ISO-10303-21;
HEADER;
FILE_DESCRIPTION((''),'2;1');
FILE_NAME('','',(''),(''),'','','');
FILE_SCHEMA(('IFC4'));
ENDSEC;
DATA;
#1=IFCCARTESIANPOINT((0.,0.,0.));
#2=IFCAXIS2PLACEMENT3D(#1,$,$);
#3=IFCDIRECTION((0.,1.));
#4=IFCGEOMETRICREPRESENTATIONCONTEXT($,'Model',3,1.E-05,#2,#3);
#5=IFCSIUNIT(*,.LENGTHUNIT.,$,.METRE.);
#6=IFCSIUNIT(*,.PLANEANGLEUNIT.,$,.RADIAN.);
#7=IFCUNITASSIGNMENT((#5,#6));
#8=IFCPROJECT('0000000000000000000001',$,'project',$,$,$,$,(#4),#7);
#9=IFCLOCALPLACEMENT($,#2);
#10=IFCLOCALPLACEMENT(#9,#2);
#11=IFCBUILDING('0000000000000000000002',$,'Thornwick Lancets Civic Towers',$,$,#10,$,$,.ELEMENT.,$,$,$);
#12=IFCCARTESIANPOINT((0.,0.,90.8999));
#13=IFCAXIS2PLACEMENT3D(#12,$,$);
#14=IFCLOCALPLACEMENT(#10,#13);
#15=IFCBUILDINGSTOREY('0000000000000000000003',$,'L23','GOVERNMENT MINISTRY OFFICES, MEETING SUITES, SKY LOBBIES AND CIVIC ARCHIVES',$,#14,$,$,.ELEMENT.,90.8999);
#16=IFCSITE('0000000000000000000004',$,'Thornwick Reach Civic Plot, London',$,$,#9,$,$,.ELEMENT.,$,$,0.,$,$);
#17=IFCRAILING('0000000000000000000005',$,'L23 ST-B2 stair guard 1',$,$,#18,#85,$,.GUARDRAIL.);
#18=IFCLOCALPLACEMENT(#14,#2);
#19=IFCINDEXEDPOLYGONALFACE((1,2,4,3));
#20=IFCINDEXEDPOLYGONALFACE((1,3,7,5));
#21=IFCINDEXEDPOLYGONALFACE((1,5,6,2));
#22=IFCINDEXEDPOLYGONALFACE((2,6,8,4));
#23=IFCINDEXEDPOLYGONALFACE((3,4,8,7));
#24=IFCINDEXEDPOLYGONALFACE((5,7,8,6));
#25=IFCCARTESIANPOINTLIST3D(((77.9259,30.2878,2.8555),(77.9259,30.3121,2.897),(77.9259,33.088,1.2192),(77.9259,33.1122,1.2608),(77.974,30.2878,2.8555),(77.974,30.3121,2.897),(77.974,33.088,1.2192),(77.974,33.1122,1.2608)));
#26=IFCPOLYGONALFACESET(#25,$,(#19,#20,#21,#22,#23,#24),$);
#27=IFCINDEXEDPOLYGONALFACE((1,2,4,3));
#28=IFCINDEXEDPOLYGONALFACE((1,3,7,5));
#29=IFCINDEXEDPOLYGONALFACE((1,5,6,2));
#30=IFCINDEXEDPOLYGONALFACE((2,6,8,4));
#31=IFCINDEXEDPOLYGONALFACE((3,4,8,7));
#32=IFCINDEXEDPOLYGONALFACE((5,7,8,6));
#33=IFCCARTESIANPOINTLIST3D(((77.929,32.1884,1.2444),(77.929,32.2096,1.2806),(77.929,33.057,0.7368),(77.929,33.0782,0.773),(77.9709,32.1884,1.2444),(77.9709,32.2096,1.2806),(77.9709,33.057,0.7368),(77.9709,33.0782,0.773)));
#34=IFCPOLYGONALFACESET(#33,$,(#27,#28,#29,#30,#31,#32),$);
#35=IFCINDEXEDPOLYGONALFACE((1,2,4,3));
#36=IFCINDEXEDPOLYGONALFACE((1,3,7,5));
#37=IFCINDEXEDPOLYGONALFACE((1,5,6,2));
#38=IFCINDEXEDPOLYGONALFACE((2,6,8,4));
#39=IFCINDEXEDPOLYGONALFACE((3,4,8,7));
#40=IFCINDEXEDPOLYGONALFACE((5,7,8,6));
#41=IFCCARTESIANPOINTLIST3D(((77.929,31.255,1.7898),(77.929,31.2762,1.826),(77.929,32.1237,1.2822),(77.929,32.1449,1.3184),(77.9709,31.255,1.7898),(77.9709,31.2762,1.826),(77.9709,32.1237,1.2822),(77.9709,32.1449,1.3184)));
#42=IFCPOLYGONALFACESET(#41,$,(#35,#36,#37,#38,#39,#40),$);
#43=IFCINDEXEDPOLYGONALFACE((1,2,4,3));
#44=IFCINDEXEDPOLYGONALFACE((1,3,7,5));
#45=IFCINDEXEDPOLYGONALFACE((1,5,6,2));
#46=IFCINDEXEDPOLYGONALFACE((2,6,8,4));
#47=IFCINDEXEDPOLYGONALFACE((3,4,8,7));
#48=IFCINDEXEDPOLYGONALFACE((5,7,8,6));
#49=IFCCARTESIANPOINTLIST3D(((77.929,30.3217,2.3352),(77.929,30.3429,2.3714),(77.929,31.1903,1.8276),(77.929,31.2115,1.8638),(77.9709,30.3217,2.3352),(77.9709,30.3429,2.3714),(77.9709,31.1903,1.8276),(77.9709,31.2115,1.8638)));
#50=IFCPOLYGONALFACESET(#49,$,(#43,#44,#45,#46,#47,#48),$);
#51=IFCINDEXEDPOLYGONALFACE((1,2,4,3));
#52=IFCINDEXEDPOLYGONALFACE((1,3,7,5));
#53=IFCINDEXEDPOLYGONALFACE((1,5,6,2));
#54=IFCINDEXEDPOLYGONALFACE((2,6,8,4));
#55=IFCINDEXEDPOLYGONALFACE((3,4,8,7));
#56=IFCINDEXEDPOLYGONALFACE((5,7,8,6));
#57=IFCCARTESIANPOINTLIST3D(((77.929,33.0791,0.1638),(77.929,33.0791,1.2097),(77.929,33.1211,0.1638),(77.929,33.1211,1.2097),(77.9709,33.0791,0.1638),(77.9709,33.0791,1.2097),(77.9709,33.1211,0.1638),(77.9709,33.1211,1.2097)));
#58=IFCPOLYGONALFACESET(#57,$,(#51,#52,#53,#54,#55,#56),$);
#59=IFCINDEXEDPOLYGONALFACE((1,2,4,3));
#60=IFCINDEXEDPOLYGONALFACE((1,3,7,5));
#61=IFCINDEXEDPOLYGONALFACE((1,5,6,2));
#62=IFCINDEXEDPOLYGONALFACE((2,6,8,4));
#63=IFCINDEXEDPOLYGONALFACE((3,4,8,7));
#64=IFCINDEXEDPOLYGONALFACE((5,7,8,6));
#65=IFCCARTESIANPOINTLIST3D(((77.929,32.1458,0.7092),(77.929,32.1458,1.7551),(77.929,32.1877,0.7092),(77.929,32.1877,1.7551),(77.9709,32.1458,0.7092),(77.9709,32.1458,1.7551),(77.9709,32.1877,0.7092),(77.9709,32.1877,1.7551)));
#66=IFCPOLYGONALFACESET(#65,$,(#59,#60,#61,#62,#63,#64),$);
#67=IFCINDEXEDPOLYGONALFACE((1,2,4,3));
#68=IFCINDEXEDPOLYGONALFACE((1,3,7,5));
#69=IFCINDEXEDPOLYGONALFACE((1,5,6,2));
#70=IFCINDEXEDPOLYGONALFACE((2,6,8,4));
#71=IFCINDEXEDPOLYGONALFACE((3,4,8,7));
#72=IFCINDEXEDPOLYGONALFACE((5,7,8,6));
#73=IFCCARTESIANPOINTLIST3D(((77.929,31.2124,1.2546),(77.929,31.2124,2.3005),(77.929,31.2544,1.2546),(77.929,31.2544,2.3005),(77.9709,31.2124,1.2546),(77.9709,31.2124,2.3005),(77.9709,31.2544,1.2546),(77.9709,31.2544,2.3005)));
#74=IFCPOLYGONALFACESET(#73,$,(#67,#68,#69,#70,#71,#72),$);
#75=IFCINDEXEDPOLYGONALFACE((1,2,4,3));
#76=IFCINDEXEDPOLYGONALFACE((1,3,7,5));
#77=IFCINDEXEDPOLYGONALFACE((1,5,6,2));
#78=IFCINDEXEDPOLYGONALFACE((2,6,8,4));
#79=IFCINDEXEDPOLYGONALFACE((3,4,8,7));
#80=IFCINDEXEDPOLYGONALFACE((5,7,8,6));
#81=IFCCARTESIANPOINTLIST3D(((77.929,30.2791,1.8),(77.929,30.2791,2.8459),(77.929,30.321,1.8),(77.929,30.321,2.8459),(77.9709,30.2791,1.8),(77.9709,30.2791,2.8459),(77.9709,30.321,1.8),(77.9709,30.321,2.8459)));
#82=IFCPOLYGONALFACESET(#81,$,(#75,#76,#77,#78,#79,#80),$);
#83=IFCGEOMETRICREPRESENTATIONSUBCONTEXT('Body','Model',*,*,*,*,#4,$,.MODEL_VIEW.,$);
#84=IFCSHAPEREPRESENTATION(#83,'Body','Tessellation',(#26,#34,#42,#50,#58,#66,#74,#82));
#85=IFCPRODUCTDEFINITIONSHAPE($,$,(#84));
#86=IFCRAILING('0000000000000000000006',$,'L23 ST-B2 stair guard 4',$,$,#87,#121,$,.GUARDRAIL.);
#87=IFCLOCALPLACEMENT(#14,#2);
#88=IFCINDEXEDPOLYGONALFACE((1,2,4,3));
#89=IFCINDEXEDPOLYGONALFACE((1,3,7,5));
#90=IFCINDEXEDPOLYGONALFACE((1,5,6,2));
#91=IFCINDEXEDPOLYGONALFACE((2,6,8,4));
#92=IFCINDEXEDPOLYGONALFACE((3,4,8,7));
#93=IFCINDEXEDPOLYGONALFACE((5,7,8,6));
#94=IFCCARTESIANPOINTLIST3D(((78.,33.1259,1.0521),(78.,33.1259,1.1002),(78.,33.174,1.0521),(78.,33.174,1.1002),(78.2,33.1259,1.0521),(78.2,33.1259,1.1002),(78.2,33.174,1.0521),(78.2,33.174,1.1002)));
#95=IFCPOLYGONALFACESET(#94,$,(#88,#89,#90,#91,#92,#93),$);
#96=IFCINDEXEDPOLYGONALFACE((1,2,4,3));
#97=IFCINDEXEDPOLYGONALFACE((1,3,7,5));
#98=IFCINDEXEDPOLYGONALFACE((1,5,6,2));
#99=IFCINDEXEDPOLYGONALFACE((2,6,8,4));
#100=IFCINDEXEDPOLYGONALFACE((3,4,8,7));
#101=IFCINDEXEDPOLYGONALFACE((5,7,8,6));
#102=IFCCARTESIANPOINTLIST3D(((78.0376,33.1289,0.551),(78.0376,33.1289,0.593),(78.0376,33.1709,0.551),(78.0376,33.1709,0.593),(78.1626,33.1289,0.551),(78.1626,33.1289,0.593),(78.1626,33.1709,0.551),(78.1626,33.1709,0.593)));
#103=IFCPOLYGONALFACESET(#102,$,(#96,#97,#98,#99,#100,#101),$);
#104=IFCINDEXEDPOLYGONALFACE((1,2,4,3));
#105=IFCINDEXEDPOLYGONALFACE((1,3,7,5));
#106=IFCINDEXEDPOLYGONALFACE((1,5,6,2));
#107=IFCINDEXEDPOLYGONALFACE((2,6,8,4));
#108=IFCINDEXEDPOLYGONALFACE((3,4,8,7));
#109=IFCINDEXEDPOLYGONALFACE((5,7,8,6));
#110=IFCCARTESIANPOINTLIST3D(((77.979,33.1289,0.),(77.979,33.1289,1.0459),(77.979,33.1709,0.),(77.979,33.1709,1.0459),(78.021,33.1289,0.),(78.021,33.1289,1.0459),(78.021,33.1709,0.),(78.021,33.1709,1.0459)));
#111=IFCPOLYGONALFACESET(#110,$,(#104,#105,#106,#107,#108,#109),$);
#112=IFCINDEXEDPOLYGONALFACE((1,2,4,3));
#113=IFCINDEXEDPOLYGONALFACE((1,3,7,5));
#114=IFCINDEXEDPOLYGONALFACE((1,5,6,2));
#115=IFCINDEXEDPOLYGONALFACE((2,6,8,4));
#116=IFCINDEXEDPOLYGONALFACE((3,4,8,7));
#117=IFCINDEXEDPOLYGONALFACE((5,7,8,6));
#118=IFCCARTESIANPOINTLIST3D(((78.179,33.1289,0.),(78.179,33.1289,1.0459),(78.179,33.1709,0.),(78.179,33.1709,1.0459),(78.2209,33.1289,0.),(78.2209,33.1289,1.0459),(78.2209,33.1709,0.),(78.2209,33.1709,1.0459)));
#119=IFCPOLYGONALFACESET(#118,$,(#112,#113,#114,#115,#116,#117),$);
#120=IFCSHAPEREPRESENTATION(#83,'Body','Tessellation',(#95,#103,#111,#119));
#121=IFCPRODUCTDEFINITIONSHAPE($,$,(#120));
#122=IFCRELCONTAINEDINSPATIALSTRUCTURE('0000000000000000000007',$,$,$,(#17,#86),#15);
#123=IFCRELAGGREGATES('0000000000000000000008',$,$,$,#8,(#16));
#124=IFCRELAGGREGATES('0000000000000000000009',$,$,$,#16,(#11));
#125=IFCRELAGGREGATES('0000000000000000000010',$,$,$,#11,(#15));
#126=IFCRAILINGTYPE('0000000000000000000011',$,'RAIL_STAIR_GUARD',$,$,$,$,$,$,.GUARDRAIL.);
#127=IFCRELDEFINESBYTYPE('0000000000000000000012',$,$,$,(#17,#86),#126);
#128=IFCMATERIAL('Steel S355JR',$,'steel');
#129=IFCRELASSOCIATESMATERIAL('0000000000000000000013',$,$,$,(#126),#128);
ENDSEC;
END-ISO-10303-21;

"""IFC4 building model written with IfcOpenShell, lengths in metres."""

from ifc_helpers import new_model, si_unit, direction, frame, origin, origin_2d, place, context, subcontext, project, spatial, rectangle, extrude, material, type_object, element, save


model = new_model("IFC4")

# Units and contexts
model_context = context("Model", 3, precision=1e-05, world=origin(), true_north=direction((0.0, 1.0)))
body_context = subcontext(model_context, "Body", "Model", "MODEL_VIEW")
ifc_project = project(units=[si_unit("LENGTHUNIT", "METRE"), si_unit("PLANEANGLEUNIT", "RADIAN")], contexts=[model_context])

# Site, building, storey
site_placement = place(None, origin())
site = spatial("IfcSite", under=ifc_project, at=site_placement, Name="Thornwick Reach Civic Plot, London", CompositionType="ELEMENT", RefElevation=0.0)
building_placement = place(site_placement, origin())
building = spatial("IfcBuilding", under=site, at=building_placement, Name="Thornwick Lancets Civic Towers", CompositionType="ELEMENT")
storey_placement = place(building_placement, frame((0.0, 0.0, 90.8999)))
storey = spatial("IfcBuildingStorey", under=building, at=storey_placement, Name="L23", Description="GOVERNMENT MINISTRY OFFICES, MEETING SUITES, SKY LOBBIES AND CIVIC ARCHIVES", CompositionType="ELEMENT", Elevation=90.8999)

# Railings
ifc_material_1 = material(Name="Steel S355JR", Category="steel")
railing_type_1 = type_object("IfcRailingType", Name="RAIL_STAIR_GUARD", PredefinedType="GUARDRAIL", material=ifc_material_1)
railing_1_placement = place(storey_placement, frame((77.95, 33.1001, 0.1638)))
element("IfcRailing", 1, at=railing_1_placement, inside=storey, type_object=railing_type_1, Name="L23 ST-B2 stair guard 1", PredefinedType="GUARDRAIL", context=body_context, shape_type="SweptSolid", body=[
    extrude(rectangle(XDim=0.0481, YDim=0.0481, at=origin_2d()), frame((0.0, 0.0, 1.0762), z_axis=(0.0, -0.863394, 0.504531), x_axis=(1.0, 0.0, 0.0)), (0.0, 0.0, 1.0), 3.2432),
    extrude(rectangle(XDim=0.042, YDim=0.042, at=origin_2d()), frame((0.0, -0.0325, 0.5911), z_axis=(0.0, -0.863394, 0.504531), x_axis=(1.0, 0.0, 0.0)), (0.0, 0.0, 1.0), 1.0061),
    extrude(rectangle(XDim=0.042, YDim=0.042, at=origin_2d()), frame((0.0, -0.9658, 1.1365), z_axis=(0.0, -0.863394, 0.504531), x_axis=(1.0, 0.0, 0.0)), (0.0, 0.0, 1.0), 1.0061),
    extrude(rectangle(XDim=0.042, YDim=0.042, at=origin_2d()), frame((0.0, -1.8992, 1.6819), z_axis=(0.0, -0.863394, 0.504531), x_axis=(1.0, 0.0, 0.0)), (0.0, 0.0, 1.0), 1.0061),
    extrude(rectangle(XDim=0.042, YDim=0.042, at=origin_2d()), origin(), (0.0, 0.0, 1.0), 1.0459),
    extrude(rectangle(XDim=0.042, YDim=0.042, at=origin_2d()), frame((0.0, -0.9333, 0.5454)), (0.0, 0.0, 1.0), 1.0459),
    extrude(rectangle(XDim=0.042, YDim=0.042, at=origin_2d()), frame((0.0, -1.8667, 1.0908)), (0.0, 0.0, 1.0), 1.0459),
    extrude(rectangle(XDim=0.042, YDim=0.042, at=origin_2d()), frame((0.0, -2.8, 1.6362)), (0.0, 0.0, 1.0), 1.0459),
])
railing_2_placement = place(storey_placement, frame((78.0, 33.1499, 0.0)))
element("IfcRailing", 2, at=railing_2_placement, inside=storey, type_object=railing_type_1, Name="L23 ST-B2 stair guard 4", PredefinedType="GUARDRAIL", context=body_context, shape_type="SweptSolid", body=[
    extrude(rectangle(XDim=0.0481, YDim=0.0481, at=origin_2d()), frame((0.0, 0.0, 1.0762), z_axis=(1.0, 0.0, 0.0), x_axis=(0.0, 1.0, 0.0)), (0.0, 0.0, 1.0), 0.2),
    extrude(rectangle(XDim=0.042, YDim=0.042, at=origin_2d()), frame((0.0376, 0.0, 0.572), z_axis=(1.0, 0.0, 0.0), x_axis=(0.0, 1.0, 0.0)), (0.0, 0.0, 1.0), 0.125),
    extrude(rectangle(XDim=0.042, YDim=0.042, at=origin_2d()), origin(), (0.0, 0.0, 1.0), 1.0459),
    extrude(rectangle(XDim=0.042, YDim=0.042, at=origin_2d()), frame((0.2, 0.0, 0.0)), (0.0, 0.0, 1.0), 1.0459),
])

save(model, "model.ifc")
